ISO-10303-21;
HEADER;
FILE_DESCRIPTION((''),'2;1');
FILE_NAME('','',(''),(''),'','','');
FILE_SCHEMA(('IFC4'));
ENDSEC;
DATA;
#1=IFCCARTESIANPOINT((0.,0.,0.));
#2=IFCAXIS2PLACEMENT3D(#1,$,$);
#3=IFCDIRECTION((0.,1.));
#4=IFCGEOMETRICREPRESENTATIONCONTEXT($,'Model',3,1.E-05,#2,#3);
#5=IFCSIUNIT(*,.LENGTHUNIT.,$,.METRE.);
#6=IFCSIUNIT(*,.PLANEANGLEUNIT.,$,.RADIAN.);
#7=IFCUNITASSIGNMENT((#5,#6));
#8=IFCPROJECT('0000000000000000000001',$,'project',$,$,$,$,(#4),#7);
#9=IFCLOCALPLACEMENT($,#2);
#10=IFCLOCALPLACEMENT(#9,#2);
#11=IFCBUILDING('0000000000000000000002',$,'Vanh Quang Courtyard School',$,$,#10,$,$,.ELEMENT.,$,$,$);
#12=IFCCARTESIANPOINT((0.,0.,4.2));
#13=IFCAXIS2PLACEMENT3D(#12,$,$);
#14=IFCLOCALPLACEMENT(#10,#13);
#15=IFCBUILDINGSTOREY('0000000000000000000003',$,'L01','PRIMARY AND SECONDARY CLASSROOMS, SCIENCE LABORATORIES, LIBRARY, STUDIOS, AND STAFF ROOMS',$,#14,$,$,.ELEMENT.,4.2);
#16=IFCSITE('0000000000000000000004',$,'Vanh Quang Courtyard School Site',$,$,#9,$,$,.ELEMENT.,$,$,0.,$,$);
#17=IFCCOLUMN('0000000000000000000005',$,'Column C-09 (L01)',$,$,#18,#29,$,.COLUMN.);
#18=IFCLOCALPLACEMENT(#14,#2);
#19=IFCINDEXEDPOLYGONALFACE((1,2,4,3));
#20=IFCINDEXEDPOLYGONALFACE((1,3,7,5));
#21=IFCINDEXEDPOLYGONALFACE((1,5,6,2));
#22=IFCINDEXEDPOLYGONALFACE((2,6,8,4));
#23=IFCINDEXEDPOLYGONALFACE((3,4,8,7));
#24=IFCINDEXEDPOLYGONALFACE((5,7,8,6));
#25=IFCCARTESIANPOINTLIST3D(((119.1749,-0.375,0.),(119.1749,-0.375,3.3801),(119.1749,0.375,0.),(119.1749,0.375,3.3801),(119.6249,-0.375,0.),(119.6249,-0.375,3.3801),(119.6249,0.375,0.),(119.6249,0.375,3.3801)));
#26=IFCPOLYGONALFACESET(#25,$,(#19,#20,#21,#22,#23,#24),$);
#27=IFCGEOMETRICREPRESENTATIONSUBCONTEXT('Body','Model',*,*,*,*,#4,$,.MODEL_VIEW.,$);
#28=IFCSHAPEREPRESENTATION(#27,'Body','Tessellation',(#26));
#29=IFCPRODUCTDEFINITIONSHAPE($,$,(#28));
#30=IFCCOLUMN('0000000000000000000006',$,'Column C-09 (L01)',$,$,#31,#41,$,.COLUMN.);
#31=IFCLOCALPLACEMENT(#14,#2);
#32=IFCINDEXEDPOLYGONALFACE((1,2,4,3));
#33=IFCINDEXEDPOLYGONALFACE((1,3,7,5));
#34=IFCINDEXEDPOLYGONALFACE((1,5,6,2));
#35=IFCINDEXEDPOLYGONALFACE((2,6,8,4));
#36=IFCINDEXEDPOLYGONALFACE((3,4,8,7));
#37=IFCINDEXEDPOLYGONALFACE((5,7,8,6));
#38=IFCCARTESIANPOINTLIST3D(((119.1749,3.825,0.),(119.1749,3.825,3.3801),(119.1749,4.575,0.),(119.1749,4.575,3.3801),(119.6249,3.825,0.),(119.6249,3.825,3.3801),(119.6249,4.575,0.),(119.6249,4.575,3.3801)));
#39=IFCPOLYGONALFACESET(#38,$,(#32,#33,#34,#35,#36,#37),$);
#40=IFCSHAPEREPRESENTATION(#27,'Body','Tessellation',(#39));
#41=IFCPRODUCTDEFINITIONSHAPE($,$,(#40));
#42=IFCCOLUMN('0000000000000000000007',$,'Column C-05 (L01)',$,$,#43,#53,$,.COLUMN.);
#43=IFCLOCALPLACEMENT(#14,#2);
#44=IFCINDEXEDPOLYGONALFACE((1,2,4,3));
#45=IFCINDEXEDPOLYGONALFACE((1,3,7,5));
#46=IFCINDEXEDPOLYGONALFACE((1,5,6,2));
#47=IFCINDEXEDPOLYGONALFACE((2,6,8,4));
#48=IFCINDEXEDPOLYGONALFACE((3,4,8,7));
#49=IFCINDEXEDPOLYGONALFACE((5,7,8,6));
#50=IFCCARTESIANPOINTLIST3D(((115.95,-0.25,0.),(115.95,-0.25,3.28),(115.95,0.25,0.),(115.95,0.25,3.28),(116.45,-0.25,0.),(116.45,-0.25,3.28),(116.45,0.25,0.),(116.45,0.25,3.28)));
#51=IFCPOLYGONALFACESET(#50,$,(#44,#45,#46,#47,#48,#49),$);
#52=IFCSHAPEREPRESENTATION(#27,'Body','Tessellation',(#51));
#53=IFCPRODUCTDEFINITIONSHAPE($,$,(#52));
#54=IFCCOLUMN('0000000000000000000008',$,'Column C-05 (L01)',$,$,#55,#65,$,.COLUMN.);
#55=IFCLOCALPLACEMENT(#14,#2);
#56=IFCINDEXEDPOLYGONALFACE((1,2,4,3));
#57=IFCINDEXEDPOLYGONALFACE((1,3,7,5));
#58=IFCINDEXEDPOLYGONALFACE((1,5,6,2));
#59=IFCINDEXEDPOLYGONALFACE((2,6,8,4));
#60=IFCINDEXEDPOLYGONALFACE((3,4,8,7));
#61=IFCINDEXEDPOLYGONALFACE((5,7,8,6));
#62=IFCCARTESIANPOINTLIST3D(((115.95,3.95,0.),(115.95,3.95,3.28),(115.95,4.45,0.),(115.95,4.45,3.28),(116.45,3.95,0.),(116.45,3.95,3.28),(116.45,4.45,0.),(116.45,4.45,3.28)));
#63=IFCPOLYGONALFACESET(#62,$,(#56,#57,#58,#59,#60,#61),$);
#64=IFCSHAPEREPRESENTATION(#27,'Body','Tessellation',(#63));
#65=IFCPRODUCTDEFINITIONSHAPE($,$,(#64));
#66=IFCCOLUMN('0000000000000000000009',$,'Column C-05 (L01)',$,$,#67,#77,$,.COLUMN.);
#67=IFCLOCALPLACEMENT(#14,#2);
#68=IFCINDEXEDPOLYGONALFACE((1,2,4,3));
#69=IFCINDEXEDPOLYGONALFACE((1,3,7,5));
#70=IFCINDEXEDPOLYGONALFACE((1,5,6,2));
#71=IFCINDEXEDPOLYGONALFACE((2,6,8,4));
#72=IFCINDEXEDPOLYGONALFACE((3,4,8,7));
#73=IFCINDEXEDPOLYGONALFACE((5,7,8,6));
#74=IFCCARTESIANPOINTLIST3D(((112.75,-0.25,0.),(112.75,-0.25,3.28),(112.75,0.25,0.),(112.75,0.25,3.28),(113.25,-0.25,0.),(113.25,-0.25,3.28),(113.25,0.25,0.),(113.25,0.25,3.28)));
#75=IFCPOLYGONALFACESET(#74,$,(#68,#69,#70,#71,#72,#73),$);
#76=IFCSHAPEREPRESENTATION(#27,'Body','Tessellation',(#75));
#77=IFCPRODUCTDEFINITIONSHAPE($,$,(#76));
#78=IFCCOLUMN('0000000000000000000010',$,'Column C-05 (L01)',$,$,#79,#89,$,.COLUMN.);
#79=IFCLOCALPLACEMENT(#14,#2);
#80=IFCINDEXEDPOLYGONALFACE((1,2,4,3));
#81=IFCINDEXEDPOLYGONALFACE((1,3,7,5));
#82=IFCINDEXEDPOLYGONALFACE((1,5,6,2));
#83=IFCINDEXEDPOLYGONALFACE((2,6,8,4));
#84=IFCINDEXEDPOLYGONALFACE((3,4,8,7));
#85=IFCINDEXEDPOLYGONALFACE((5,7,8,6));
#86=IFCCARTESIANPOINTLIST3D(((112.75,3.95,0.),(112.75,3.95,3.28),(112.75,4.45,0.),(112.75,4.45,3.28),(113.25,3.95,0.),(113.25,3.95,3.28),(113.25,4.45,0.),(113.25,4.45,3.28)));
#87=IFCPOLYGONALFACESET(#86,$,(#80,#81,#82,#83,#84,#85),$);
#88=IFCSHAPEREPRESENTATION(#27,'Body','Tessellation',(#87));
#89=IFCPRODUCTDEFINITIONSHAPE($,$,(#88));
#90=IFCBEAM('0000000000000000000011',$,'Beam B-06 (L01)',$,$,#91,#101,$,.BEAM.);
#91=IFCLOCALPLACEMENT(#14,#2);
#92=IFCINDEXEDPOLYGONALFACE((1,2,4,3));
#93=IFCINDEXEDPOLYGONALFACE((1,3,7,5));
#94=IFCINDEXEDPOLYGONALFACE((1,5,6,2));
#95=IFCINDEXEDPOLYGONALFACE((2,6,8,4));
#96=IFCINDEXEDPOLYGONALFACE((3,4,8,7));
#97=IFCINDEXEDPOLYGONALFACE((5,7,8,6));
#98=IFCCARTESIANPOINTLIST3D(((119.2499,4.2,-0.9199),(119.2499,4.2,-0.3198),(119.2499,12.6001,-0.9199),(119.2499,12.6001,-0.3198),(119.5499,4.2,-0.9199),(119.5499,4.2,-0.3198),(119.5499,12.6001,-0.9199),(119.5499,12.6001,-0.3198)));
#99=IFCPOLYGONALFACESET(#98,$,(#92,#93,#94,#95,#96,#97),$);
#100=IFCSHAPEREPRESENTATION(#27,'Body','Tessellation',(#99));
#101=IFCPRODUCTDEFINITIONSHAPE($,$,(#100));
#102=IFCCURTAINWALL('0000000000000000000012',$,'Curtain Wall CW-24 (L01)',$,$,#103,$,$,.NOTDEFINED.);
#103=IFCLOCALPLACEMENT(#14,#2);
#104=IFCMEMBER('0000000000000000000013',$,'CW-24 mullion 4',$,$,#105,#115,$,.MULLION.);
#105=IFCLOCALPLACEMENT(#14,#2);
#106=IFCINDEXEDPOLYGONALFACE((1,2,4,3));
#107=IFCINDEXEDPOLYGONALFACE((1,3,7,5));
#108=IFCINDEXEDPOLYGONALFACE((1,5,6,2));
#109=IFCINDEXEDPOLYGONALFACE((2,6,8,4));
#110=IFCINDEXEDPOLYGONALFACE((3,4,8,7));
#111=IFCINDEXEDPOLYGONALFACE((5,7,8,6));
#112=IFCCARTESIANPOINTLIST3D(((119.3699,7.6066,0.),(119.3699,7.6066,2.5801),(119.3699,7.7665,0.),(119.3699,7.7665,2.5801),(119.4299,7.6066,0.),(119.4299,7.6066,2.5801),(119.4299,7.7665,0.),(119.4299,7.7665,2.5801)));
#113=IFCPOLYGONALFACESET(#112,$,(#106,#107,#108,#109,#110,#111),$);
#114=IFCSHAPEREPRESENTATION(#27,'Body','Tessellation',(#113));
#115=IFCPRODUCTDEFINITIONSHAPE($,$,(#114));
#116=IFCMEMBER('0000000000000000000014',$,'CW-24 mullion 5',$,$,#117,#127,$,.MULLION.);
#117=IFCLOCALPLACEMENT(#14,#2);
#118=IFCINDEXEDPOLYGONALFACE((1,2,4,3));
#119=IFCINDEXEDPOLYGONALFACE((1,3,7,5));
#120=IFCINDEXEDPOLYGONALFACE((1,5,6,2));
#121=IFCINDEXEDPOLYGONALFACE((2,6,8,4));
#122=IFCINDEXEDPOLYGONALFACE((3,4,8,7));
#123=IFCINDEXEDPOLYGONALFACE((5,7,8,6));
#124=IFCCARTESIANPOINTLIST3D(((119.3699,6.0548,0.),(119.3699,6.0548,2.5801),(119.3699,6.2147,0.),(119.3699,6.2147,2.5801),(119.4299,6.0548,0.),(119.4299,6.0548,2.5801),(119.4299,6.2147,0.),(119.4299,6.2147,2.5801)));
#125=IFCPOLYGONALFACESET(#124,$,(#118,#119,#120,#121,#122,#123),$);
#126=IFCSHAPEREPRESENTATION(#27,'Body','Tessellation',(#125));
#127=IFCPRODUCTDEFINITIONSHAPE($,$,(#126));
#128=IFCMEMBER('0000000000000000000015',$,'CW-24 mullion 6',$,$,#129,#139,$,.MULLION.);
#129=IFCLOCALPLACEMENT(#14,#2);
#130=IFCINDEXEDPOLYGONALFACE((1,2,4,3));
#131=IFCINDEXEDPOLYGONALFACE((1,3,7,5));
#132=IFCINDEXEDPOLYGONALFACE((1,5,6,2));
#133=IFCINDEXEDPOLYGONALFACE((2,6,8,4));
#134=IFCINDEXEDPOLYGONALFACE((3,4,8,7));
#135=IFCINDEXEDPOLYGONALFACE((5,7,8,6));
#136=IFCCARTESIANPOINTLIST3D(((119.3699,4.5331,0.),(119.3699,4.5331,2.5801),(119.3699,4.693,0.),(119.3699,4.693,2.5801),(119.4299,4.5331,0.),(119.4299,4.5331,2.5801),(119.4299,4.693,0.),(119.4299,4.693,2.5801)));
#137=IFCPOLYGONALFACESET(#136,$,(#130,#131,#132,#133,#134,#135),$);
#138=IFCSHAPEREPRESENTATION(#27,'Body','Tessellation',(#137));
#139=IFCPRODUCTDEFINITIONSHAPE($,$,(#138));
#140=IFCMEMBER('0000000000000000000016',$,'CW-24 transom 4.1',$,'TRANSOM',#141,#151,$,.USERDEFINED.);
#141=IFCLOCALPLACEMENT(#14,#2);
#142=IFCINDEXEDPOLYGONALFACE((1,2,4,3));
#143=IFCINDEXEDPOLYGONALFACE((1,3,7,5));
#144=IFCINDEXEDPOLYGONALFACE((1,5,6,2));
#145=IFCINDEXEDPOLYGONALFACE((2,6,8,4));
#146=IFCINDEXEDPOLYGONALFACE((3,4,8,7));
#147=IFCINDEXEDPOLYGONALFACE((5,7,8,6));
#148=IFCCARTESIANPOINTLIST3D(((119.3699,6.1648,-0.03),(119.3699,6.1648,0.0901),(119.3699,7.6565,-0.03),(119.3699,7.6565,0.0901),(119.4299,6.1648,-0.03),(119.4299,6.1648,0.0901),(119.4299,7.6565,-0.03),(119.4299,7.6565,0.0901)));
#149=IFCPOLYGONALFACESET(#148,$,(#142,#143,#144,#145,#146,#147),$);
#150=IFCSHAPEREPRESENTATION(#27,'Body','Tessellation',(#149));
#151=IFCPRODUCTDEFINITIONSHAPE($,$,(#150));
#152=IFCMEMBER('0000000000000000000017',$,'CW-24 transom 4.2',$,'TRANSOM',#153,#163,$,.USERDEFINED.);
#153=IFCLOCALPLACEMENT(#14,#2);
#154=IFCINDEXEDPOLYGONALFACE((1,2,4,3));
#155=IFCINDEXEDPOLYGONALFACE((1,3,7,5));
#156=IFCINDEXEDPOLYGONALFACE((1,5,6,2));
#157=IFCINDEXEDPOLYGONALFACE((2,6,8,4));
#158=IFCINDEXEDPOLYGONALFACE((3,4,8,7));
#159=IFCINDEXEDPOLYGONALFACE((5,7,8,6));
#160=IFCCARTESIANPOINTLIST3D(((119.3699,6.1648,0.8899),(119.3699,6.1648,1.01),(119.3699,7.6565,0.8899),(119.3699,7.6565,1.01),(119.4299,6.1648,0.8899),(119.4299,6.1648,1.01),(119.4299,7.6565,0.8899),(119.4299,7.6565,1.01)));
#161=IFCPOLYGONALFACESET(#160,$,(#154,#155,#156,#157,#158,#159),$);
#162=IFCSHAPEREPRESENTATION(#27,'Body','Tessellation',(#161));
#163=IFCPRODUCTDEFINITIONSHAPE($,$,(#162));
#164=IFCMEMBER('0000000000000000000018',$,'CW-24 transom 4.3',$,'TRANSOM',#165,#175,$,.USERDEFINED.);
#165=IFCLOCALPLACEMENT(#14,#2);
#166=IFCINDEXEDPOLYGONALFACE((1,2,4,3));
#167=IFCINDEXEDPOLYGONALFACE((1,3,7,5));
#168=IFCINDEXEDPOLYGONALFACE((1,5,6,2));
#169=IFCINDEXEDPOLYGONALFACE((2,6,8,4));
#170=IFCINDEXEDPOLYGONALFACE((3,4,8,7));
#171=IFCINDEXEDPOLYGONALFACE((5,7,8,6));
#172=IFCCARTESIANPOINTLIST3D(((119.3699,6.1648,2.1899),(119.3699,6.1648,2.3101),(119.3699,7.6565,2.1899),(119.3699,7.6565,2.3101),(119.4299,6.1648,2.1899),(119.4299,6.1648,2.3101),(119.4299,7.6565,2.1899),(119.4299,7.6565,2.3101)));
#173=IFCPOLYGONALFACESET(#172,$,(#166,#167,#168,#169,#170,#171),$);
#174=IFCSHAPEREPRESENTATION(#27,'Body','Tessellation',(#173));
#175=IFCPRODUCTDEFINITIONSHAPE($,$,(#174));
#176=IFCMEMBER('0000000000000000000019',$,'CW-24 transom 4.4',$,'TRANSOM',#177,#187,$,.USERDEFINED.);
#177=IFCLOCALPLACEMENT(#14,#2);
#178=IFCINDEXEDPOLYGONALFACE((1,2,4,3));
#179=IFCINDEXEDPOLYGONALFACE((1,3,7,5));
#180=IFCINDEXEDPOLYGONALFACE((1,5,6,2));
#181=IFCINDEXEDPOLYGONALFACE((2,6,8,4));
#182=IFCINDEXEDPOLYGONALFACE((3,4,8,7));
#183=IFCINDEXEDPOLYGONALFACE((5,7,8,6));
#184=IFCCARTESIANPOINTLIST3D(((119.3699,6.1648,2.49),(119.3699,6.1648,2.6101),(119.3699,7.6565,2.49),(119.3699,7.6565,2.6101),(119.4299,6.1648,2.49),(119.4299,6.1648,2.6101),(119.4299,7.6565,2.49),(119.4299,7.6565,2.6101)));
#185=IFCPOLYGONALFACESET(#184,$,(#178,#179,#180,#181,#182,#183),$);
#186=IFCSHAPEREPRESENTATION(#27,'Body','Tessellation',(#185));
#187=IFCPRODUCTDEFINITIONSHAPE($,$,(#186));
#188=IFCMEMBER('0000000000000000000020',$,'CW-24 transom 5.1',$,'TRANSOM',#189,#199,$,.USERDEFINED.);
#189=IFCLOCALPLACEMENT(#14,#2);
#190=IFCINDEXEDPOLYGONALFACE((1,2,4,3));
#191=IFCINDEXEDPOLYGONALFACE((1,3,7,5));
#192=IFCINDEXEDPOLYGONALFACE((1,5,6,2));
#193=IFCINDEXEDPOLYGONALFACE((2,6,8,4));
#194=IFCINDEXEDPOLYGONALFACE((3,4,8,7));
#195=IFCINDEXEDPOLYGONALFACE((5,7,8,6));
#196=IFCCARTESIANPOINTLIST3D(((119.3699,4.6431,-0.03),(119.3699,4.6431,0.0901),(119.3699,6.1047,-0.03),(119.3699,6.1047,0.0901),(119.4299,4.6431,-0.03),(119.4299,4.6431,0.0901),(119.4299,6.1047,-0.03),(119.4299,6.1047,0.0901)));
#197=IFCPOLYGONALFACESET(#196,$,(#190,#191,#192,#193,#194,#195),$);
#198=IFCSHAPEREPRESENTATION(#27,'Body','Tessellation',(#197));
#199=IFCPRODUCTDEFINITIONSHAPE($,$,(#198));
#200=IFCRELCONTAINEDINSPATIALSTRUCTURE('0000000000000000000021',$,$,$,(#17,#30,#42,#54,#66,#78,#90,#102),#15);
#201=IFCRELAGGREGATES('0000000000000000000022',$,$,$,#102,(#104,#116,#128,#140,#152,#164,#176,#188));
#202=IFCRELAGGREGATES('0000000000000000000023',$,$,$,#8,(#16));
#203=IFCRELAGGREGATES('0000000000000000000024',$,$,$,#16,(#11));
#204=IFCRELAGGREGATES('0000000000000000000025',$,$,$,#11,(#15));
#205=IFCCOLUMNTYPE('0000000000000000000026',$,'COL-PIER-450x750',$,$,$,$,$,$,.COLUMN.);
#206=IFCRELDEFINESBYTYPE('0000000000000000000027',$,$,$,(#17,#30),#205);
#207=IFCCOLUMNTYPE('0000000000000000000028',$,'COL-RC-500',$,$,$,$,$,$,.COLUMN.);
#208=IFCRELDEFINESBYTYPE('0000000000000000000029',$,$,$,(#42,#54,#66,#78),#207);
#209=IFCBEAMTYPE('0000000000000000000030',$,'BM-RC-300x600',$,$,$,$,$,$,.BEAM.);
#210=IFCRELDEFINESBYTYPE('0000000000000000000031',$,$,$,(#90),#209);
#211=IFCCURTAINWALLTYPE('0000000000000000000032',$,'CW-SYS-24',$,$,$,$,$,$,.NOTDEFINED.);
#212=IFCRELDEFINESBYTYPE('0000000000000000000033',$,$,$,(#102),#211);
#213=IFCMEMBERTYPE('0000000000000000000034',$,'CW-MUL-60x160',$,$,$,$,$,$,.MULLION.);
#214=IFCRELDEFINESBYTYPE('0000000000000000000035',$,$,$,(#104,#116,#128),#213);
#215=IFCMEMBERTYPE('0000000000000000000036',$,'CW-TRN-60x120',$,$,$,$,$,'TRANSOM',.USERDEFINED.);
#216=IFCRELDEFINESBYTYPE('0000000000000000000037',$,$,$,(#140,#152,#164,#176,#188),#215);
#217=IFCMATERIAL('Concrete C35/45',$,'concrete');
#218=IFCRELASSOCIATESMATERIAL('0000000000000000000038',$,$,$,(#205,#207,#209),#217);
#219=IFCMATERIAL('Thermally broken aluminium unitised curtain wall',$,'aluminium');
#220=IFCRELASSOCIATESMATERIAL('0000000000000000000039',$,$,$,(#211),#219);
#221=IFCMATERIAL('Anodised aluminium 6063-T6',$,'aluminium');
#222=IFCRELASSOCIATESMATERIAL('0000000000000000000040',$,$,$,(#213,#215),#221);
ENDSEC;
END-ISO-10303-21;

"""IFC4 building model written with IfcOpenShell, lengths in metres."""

from ifc_helpers import new_model, si_unit, direction, frame, origin, origin_2d, place, context, subcontext, project, spatial, rectangle, extrude, material, material_profile, profile_set, type_object, element, aggregate, save


model = new_model("IFC4")

# Units and contexts
model_context = context("Model", 3, precision=1e-05, world=origin(), true_north=direction((0.0, 1.0)))
body_context = subcontext(model_context, "Body", "Model", "MODEL_VIEW")
ifc_project = project(units=[si_unit("LENGTHUNIT", "METRE"), si_unit("PLANEANGLEUNIT", "RADIAN")], contexts=[model_context])

# Site, building, storey
site_placement = place(None, origin())
site = spatial("IfcSite", under=ifc_project, at=site_placement, Name="Vanh Quang Courtyard School Site", CompositionType="ELEMENT", RefElevation=0.0)
building_placement = place(site_placement, origin())
building = spatial("IfcBuilding", under=site, at=building_placement, Name="Vanh Quang Courtyard School", CompositionType="ELEMENT")
storey_placement = place(building_placement, frame((0.0, 0.0, 4.2)))
storey = spatial("IfcBuildingStorey", under=building, at=storey_placement, Name="L01", Description="PRIMARY AND SECONDARY CLASSROOMS, SCIENCE LABORATORIES, LIBRARY, STUDIOS, AND STAFF ROOMS", CompositionType="ELEMENT", Elevation=4.2)

# Columns
ifc_material_1 = material(Name="Concrete C35/45", Category="concrete")
ifc_material_profile_1 = material_profile(ifc_material_1, rectangle(XDim=0.45, YDim=0.75, at=origin_2d()), Name="RC-PIER 450x750")
ifc_profile_set_1 = profile_set([ifc_material_profile_1], Name="Concrete C35/45")
column_type_1 = type_object("IfcColumnType", Name="COL-PIER-450x750", PredefinedType="COLUMN", material=ifc_profile_set_1)
for number, where, z_axis, x_axis, name in (
    (1, (119.3999, 0.0, 0.0), (0.0, 0.0, 1.0), (1.0, 0.0, 0.0), "Column C-09 (L01)"),
    (2, (119.3999, 4.2, 0.0), (0.0, 0.0, 1.0), (1.0, 0.0, 0.0), "Column C-09 (L01)"),
):
    element("IfcColumn", number, at=place(storey_placement, frame(where, z_axis=z_axis, x_axis=x_axis)), inside=storey, type_object=column_type_1, Name=name, PredefinedType="COLUMN", context=body_context, shape_type="SweptSolid", body=[
        extrude(rectangle(XDim=0.45, YDim=0.75, at=origin_2d()), origin(), (0.0, 0.0, 1.0), 3.3801),
    ])
ifc_material_profile_2 = material_profile(ifc_material_1, rectangle(XDim=0.5, YDim=0.5, at=origin_2d()), Name="RC-COL 500x500")
ifc_profile_set_2 = profile_set([ifc_material_profile_2], Name="Concrete C35/45")
column_type_2 = type_object("IfcColumnType", Name="COL-RC-500", PredefinedType="COLUMN", material=ifc_profile_set_2)
for number, where, z_axis, x_axis, name in (
    (3, (116.2, 0.0, 0.0), (0.0, 0.0, 1.0), (1.0, 0.0, 0.0), "Column C-05 (L01)"),
    (4, (116.2, 4.2, 0.0), (0.0, 0.0, 1.0), (1.0, 0.0, 0.0), "Column C-05 (L01)"),
    (5, (113.0, 0.0, 0.0), (0.0, 0.0, 1.0), (1.0, 0.0, 0.0), "Column C-05 (L01)"),
    (6, (113.0, 4.2, 0.0), (0.0, 0.0, 1.0), (1.0, 0.0, 0.0), "Column C-05 (L01)"),
):
    element("IfcColumn", number, at=place(storey_placement, frame(where, z_axis=z_axis, x_axis=x_axis)), inside=storey, type_object=column_type_2, Name=name, PredefinedType="COLUMN", context=body_context, shape_type="SweptSolid", body=[
        extrude(rectangle(XDim=0.5, YDim=0.5, at=origin_2d()), origin(), (0.0, 0.0, 1.0), 3.28),
    ])

# Beam
ifc_material_profile_3 = material_profile(ifc_material_1, rectangle(XDim=0.3, YDim=0.6001, at=origin_2d()), Name="RC-BM 300x600")
ifc_profile_set_3 = profile_set([ifc_material_profile_3], Name="Concrete C35/45")
beam_type_1 = type_object("IfcBeamType", Name="BM-RC-300x600", PredefinedType="BEAM", material=ifc_profile_set_3)
beam_1_placement = place(storey_placement, frame((119.3999, 4.2, -0.6199), z_axis=(0.0, 1.0, 0.0), x_axis=(-1.0, 0.0, 0.0)))
element("IfcBeam", 7, at=beam_1_placement, inside=storey, type_object=beam_type_1, Name="Beam B-06 (L01)", PredefinedType="BEAM", context=body_context, shape_type="SweptSolid", body=[
    extrude(rectangle(XDim=0.3, YDim=0.6001, at=origin_2d()), origin(), (0.0, 0.0, 1.0), 8.4001),
])

# Curtain wall, members
ifc_material_2 = material(Name="Thermally broken aluminium unitised curtain wall", Category="aluminium")
curtain_wall_type = type_object("IfcCurtainWallType", Name="CW-SYS-24", PredefinedType="NOTDEFINED", material=ifc_material_2)
curtain_wall_placement = place(storey_placement, origin())
curtain_wall = element("IfcCurtainWall", 8, at=curtain_wall_placement, inside=storey, type_object=curtain_wall_type, Name="Curtain Wall CW-24 (L01)", PredefinedType="NOTDEFINED")
ifc_material_3 = material(Name="Anodised aluminium 6063-T6", Category="aluminium")
ifc_material_profile_4 = material_profile(ifc_material_3, rectangle(XDim=0.0601, YDim=0.1599, at=origin_2d()), Name="ALU-MUL 60x160")
ifc_profile_set_4 = profile_set([ifc_material_profile_4], Name="Anodised aluminium 6063-T6")
member_type_1 = type_object("IfcMemberType", Name="CW-MUL-60x160", PredefinedType="MULLION", material=ifc_profile_set_4)
member_1_placement = place(storey_placement, frame((119.3999, 7.6865, 0.0), z_axis=(0.0, 0.0, 1.0), x_axis=(1.0, 0.0, 0.0)))
member_1 = element("IfcMember", 9, at=member_1_placement, type_object=member_type_1, Name="CW-24 mullion 4", PredefinedType="MULLION", context=body_context, shape_type="SweptSolid", body=[
    extrude(rectangle(XDim=0.0601, YDim=0.1599, at=origin_2d()), origin(), (0.0, 0.0, 1.0), 2.5801),
])
member_2_placement = place(storey_placement, frame((119.3999, 6.1348, 0.0), z_axis=(0.0, 0.0, 1.0), x_axis=(1.0, 0.0, 0.0)))
member_2 = element("IfcMember", 10, at=member_2_placement, type_object=member_type_1, Name="CW-24 mullion 5", PredefinedType="MULLION", context=body_context, shape_type="SweptSolid", body=[
    extrude(rectangle(XDim=0.0601, YDim=0.1599, at=origin_2d()), origin(), (0.0, 0.0, 1.0), 2.5801),
])
member_3_placement = place(storey_placement, frame((119.3999, 4.613, 0.0), z_axis=(0.0, 0.0, 1.0), x_axis=(1.0, 0.0, 0.0)))
member_3 = element("IfcMember", 11, at=member_3_placement, type_object=member_type_1, Name="CW-24 mullion 6", PredefinedType="MULLION", context=body_context, shape_type="SweptSolid", body=[
    extrude(rectangle(XDim=0.0601, YDim=0.1599, at=origin_2d()), origin(), (0.0, 0.0, 1.0), 2.5801),
])
ifc_material_profile_5 = material_profile(ifc_material_3, rectangle(XDim=0.0601, YDim=0.1201, at=origin_2d()), Name="ALU-TRN 60x120")
ifc_profile_set_5 = profile_set([ifc_material_profile_5], Name="Anodised aluminium 6063-T6")
member_type_2 = type_object("IfcMemberType", Name="CW-TRN-60x120", ElementType="TRANSOM", PredefinedType="USERDEFINED", material=ifc_profile_set_5)
member_4_placement = place(storey_placement, frame((119.3999, 7.6565, 0.03), z_axis=(0.0, -1.0, 0.0), x_axis=(1.0, 0.0, 0.0)))
member_4 = element("IfcMember", 12, at=member_4_placement, type_object=member_type_2, Name="CW-24 transom 4.1", ObjectType="TRANSOM", PredefinedType="USERDEFINED", context=body_context, shape_type="SweptSolid", body=[
    extrude(rectangle(XDim=0.0601, YDim=0.1201, at=origin_2d()), origin(), (0.0, 0.0, 1.0), 1.4917),
])
member_5_placement = place(storey_placement, frame((119.3999, 7.6565, 0.95), z_axis=(0.0, -1.0, 0.0), x_axis=(1.0, 0.0, 0.0)))
member_5 = element("IfcMember", 13, at=member_5_placement, type_object=member_type_2, Name="CW-24 transom 4.2", ObjectType="TRANSOM", PredefinedType="USERDEFINED", context=body_context, shape_type="SweptSolid", body=[
    extrude(rectangle(XDim=0.0601, YDim=0.1201, at=origin_2d()), origin(), (0.0, 0.0, 1.0), 1.4917),
])
member_6_placement = place(storey_placement, frame((119.3999, 7.6565, 2.25), z_axis=(0.0, -1.0, 0.0), x_axis=(1.0, 0.0, 0.0)))
member_6 = element("IfcMember", 14, at=member_6_placement, type_object=member_type_2, Name="CW-24 transom 4.3", ObjectType="TRANSOM", PredefinedType="USERDEFINED", context=body_context, shape_type="SweptSolid", body=[
    extrude(rectangle(XDim=0.0601, YDim=0.1201, at=origin_2d()), origin(), (0.0, 0.0, 1.0), 1.4917),
])
member_7_placement = place(storey_placement, frame((119.3999, 7.6565, 2.55), z_axis=(0.0, -1.0, 0.0), x_axis=(1.0, 0.0, 0.0)))
member_7 = element("IfcMember", 15, at=member_7_placement, type_object=member_type_2, Name="CW-24 transom 4.4", ObjectType="TRANSOM", PredefinedType="USERDEFINED", context=body_context, shape_type="SweptSolid", body=[
    extrude(rectangle(XDim=0.0601, YDim=0.1201, at=origin_2d()), origin(), (0.0, 0.0, 1.0), 1.4917),
])
member_8_placement = place(storey_placement, frame((119.3999, 6.1047, 0.03), z_axis=(0.0, -1.0, 0.0), x_axis=(1.0, 0.0, 0.0)))
member_8 = element("IfcMember", 16, at=member_8_placement, type_object=member_type_2, Name="CW-24 transom 5.1", ObjectType="TRANSOM", PredefinedType="USERDEFINED", context=body_context, shape_type="SweptSolid", body=[
    extrude(rectangle(XDim=0.0601, YDim=0.1201, at=origin_2d()), origin(), (0.0, 0.0, 1.0), 1.4617),
])

aggregate(curtain_wall, [member_1, member_2, member_3, member_4, member_5, member_6, member_7, member_8])

save(model, "model.ifc")
